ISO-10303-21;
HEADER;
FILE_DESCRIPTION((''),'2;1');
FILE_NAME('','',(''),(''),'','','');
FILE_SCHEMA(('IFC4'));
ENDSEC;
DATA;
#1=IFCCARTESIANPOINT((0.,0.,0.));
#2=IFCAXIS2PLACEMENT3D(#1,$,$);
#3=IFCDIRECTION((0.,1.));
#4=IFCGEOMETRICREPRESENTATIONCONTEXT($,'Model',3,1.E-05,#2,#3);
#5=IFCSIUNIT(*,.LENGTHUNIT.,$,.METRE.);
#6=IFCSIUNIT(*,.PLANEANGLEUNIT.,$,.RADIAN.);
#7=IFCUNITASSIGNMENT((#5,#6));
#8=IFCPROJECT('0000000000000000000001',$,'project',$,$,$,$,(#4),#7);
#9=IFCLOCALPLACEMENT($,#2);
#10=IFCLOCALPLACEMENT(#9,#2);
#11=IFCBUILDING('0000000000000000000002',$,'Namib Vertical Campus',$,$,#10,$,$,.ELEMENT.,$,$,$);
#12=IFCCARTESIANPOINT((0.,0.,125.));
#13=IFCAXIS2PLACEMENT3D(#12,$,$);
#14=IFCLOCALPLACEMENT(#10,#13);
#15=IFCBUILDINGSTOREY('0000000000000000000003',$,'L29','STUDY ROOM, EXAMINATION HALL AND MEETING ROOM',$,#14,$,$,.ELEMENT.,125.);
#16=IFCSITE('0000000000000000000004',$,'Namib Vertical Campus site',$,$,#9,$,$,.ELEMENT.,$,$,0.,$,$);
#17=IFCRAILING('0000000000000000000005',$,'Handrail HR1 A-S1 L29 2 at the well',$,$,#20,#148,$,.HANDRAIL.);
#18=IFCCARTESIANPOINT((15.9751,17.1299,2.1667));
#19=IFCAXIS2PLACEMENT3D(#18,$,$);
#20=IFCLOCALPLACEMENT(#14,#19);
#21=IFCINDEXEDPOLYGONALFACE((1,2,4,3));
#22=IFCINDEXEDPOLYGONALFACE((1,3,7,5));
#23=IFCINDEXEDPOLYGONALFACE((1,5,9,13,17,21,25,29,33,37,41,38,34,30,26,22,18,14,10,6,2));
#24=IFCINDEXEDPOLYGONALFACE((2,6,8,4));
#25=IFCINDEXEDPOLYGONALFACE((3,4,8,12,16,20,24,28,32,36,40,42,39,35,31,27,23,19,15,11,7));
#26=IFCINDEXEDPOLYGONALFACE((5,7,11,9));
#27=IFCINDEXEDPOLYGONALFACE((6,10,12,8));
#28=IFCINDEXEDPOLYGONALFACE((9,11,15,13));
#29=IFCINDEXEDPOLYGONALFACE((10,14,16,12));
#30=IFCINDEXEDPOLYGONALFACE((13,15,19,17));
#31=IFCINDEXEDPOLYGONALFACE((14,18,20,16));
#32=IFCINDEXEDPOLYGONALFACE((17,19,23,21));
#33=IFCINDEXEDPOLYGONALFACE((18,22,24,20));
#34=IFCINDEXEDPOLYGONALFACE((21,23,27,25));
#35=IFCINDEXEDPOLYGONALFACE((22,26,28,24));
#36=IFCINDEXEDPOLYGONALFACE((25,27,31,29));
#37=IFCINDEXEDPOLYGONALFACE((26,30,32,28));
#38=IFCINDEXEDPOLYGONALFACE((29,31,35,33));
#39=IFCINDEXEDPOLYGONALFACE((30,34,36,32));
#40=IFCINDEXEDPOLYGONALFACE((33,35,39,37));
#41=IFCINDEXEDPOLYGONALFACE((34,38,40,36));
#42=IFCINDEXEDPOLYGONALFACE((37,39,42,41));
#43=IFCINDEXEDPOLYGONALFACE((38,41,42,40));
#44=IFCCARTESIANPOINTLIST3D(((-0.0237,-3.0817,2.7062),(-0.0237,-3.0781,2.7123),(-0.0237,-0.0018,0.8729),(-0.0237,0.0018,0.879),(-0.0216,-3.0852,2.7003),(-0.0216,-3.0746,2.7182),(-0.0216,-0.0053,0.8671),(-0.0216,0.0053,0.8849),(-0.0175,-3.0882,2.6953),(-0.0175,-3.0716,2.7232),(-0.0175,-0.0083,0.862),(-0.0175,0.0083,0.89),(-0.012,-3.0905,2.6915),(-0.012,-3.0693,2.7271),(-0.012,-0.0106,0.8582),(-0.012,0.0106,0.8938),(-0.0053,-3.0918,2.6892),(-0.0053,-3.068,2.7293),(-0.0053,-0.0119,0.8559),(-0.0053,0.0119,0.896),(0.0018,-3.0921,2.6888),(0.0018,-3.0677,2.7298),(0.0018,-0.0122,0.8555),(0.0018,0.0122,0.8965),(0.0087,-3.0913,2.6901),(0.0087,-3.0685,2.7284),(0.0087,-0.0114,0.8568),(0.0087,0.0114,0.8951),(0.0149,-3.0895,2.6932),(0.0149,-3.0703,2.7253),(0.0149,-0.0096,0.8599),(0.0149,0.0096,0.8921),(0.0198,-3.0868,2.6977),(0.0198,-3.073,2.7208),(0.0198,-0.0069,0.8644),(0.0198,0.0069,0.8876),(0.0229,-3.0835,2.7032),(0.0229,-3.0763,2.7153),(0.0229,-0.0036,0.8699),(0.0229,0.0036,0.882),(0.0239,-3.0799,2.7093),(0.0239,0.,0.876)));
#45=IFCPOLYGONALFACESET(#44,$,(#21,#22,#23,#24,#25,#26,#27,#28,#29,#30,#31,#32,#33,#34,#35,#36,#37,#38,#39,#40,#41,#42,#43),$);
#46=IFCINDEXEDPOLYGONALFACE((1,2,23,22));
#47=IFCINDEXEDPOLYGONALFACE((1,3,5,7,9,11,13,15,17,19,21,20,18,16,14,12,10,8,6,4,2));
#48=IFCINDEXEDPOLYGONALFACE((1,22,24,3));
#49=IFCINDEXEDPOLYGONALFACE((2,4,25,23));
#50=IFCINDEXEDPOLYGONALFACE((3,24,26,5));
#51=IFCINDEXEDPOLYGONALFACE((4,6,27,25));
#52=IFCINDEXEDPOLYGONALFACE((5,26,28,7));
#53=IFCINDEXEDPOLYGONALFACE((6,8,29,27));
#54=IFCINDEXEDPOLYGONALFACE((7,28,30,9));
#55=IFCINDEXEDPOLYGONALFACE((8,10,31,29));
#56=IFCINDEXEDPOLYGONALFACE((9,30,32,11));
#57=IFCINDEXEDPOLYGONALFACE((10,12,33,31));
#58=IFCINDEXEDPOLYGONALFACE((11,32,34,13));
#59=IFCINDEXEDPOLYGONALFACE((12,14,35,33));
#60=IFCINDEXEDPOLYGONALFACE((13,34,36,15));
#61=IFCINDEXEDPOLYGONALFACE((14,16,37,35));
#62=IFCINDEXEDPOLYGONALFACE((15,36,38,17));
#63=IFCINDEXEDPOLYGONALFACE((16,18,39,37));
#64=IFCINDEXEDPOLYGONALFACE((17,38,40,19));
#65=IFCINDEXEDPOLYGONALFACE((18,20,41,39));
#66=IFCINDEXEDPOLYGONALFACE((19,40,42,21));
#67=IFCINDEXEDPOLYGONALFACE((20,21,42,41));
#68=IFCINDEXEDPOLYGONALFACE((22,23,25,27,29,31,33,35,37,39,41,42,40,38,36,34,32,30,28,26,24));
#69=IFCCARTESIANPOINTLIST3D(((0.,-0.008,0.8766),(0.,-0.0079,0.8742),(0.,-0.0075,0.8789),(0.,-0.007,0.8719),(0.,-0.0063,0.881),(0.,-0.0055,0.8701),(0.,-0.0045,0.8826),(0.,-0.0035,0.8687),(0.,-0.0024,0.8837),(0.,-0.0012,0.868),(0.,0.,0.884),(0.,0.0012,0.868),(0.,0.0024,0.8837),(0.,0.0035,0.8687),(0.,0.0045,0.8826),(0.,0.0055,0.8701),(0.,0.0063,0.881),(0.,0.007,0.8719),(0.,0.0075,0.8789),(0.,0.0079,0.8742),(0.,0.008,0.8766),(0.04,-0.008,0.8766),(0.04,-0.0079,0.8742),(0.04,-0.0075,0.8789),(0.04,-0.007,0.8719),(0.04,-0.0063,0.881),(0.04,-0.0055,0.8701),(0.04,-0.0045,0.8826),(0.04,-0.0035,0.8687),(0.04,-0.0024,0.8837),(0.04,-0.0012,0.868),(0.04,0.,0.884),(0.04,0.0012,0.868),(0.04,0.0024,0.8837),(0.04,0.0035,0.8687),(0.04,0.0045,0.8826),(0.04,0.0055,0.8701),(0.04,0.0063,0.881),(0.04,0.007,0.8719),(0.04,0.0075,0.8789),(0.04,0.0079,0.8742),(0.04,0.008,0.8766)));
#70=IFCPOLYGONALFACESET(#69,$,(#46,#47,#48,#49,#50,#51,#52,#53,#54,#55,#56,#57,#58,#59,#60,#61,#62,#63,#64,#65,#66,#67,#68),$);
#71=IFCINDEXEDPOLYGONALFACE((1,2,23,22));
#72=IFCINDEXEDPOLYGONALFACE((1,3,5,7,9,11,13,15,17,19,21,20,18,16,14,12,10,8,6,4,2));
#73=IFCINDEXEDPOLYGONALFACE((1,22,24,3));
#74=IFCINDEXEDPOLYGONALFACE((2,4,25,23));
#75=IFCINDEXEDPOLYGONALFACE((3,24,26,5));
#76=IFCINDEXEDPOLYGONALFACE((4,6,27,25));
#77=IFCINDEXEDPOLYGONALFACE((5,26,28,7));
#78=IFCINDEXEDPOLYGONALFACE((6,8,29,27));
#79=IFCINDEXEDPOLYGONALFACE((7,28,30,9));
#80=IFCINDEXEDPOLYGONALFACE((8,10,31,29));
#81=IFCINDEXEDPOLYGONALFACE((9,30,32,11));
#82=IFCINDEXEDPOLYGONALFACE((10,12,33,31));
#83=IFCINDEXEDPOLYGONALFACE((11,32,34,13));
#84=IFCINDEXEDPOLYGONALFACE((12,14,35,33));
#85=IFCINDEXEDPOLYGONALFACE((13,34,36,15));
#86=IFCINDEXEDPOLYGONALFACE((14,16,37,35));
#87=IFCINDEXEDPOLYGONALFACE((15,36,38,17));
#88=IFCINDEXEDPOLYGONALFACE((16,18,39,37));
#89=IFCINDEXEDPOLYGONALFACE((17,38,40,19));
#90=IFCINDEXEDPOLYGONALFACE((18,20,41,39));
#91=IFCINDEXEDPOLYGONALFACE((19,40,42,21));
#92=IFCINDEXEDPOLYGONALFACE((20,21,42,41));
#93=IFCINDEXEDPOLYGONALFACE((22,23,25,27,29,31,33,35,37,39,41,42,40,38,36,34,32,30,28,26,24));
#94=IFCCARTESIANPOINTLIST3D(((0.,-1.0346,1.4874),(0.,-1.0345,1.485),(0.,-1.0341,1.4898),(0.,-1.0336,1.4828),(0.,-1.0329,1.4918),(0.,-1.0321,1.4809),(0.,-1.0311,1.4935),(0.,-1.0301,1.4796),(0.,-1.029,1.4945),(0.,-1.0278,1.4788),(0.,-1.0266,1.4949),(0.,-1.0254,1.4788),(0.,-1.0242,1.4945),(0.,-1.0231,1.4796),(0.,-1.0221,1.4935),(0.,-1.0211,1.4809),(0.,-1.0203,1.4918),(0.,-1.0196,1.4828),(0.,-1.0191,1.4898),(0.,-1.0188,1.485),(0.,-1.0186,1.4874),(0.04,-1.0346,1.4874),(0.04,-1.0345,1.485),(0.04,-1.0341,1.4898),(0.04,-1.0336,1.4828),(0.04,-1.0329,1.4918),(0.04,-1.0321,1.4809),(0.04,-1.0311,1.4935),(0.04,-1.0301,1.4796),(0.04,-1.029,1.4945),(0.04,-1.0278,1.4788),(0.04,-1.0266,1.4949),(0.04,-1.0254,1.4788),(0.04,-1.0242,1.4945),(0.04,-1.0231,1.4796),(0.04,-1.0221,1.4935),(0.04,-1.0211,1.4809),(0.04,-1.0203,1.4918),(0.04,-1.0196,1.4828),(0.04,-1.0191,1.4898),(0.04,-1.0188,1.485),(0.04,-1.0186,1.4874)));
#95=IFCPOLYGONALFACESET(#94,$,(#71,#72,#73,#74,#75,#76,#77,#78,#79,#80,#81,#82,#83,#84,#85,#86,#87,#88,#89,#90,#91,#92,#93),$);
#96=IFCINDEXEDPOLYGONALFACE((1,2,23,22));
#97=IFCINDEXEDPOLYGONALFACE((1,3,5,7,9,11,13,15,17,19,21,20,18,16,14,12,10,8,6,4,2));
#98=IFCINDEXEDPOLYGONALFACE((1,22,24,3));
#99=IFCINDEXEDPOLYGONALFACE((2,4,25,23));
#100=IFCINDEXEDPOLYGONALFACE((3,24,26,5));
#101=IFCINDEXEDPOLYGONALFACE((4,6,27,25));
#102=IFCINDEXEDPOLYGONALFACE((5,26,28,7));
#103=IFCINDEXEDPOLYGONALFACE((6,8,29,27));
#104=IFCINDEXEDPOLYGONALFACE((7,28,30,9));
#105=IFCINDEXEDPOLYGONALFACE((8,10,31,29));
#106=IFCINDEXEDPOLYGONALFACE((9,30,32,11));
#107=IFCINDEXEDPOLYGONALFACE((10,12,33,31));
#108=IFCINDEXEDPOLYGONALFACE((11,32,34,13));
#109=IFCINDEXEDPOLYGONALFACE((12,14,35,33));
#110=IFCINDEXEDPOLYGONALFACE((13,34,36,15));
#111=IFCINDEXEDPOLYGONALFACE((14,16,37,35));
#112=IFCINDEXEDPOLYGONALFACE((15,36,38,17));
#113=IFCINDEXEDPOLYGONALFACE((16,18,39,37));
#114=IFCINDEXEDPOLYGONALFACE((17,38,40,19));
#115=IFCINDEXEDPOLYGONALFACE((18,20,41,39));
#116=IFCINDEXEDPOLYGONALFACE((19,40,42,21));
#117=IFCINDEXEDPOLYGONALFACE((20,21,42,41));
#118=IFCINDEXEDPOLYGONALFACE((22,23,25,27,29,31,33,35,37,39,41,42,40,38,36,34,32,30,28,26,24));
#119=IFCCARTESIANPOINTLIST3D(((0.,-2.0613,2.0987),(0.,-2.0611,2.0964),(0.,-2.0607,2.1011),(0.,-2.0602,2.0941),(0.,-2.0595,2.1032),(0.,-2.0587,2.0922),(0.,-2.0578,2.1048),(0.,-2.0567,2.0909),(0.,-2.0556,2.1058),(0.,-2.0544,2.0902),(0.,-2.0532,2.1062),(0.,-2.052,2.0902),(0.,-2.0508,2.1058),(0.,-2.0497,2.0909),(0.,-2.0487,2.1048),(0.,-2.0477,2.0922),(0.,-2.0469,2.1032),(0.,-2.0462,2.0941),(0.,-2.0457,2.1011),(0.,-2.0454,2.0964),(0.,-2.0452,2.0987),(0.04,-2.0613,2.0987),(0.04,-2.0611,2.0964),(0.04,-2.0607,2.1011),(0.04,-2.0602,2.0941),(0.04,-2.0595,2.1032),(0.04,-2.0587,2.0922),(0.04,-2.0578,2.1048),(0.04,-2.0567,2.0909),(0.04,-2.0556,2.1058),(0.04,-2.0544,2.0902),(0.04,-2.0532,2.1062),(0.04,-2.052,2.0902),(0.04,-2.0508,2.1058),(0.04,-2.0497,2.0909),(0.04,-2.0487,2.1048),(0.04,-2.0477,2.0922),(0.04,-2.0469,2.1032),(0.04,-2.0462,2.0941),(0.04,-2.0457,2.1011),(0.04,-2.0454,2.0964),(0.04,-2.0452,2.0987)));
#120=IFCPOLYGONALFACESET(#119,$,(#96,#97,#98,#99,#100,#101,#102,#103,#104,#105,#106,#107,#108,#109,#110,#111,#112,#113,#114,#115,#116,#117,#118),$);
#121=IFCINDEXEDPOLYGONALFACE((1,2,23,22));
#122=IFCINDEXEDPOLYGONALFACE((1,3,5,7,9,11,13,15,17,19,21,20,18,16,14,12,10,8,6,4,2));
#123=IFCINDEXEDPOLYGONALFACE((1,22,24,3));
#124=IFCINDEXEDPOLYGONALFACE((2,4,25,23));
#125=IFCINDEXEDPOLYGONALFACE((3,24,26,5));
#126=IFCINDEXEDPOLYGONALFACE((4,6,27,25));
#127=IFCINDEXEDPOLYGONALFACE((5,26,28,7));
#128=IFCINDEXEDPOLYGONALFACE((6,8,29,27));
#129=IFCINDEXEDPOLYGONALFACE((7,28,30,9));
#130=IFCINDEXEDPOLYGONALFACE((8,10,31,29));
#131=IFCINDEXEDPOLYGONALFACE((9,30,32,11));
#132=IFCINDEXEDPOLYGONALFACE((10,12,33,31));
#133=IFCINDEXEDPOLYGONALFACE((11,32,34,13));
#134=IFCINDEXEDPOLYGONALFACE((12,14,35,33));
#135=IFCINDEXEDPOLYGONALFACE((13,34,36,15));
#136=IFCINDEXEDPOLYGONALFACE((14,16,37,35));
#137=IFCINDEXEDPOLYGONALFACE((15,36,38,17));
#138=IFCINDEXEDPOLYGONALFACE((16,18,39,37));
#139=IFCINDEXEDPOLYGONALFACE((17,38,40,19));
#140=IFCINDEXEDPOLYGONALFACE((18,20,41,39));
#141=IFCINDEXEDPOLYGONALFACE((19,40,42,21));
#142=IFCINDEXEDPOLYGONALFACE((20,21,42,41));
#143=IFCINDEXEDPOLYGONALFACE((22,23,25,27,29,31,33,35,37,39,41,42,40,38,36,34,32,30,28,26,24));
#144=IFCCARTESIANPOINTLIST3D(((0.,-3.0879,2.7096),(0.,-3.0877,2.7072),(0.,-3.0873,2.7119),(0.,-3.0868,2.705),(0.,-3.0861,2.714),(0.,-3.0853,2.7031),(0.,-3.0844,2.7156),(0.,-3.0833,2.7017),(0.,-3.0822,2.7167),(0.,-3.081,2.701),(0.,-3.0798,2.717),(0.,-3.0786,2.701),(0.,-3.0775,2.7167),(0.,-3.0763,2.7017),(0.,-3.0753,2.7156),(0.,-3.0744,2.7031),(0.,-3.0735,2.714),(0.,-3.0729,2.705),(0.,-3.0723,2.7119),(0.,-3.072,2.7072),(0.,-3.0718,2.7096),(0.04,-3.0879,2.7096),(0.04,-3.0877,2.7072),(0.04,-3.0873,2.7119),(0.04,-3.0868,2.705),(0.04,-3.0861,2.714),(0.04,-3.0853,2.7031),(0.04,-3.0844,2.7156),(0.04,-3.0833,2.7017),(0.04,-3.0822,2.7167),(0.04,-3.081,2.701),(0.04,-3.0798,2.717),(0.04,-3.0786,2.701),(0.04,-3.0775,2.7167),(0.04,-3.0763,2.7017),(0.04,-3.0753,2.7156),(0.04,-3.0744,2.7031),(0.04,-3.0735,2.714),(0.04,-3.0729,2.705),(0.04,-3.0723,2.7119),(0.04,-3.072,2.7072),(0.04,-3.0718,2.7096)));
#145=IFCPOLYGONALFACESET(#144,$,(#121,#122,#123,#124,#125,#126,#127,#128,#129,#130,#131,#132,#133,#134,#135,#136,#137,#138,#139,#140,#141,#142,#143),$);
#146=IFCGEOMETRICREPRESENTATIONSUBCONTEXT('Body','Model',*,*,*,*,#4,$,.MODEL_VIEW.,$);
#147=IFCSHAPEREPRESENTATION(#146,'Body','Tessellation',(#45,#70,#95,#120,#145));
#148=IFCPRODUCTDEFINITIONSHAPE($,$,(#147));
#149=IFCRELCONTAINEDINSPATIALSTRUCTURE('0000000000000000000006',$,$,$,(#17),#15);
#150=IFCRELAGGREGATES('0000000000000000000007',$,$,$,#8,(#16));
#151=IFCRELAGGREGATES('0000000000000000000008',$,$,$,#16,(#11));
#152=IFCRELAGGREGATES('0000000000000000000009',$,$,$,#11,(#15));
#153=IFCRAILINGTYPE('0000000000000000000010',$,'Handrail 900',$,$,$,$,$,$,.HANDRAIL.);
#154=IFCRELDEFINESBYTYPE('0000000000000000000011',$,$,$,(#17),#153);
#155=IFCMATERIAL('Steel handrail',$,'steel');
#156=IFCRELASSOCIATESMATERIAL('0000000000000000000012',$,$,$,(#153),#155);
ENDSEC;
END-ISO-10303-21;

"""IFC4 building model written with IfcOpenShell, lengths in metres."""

from ifc_helpers import new_model, si_unit, direction, frame, origin, origin_2d, place, context, subcontext, project, spatial, circle, extrude, material, type_object, element, save


model = new_model("IFC4")

# Units and contexts
model_context = context("Model", 3, precision=1e-05, world=origin(), true_north=direction((0.0, 1.0)))
body_context = subcontext(model_context, "Body", "Model", "MODEL_VIEW")
ifc_project = project(units=[si_unit("LENGTHUNIT", "METRE"), si_unit("PLANEANGLEUNIT", "RADIAN")], contexts=[model_context])

# Site, building, storey
site_placement = place(None, origin())
site = spatial("IfcSite", under=ifc_project, at=site_placement, Name="Namib Vertical Campus site", CompositionType="ELEMENT", RefElevation=0.0)
building_placement = place(site_placement, origin())
building = spatial("IfcBuilding", under=site, at=building_placement, Name="Namib Vertical Campus", CompositionType="ELEMENT")
storey_placement = place(building_placement, frame((0.0, 0.0, 125.0)))
storey = spatial("IfcBuildingStorey", under=building, at=storey_placement, Name="L29", Description="STUDY ROOM, EXAMINATION HALL AND MEETING ROOM", CompositionType="ELEMENT", Elevation=125.0)

# Railing
ifc_material_1 = material(Name="Steel handrail", Category="steel")
railing_type = type_object("IfcRailingType", Name="Handrail 900", PredefinedType="HANDRAIL", material=ifc_material_1)
railing_placement = place(storey_placement, frame((15.9751, 17.1299, 2.1667)))
element("IfcRailing", 1, at=railing_placement, inside=storey, type_object=railing_type, Name="Handrail HR1 A-S1 L29 2 at the well", PredefinedType="HANDRAIL", context=body_context, shape_type="SweptSolid", body=[
    extrude(circle(Radius=0.0239, at=origin_2d()), frame((0.0, 0.0, 0.876), z_axis=(0.0, -0.859291, 0.511487), x_axis=(1.0, 0.0, 0.0)), (0.0, 0.0, 1.0), 3.5842),
    extrude(circle(Radius=0.0081, at=origin_2d()), frame((0.0, 0.0, 0.876), z_axis=(1.0, 0.0, 0.0), x_axis=(0.0, 0.0, 1.0)), (0.0, 0.0, 1.0), 0.04),
    extrude(circle(Radius=0.0081, at=origin_2d()), frame((0.0, -1.0266, 1.4868), z_axis=(1.0, 0.0, 0.0), x_axis=(0.0, 0.0, 1.0)), (0.0, 0.0, 1.0), 0.04),
    extrude(circle(Radius=0.0081, at=origin_2d()), frame((0.0, -2.0532, 2.0981), z_axis=(1.0, 0.0, 0.0), x_axis=(0.0, 0.0, 1.0)), (0.0, 0.0, 1.0), 0.04),
    extrude(circle(Radius=0.0081, at=origin_2d()), frame((0.0, -3.0798, 2.709), z_axis=(1.0, 0.0, 0.0), x_axis=(0.0, 0.0, 1.0)), (0.0, 0.0, 1.0), 0.04),
])

save(model, "model.ifc")
